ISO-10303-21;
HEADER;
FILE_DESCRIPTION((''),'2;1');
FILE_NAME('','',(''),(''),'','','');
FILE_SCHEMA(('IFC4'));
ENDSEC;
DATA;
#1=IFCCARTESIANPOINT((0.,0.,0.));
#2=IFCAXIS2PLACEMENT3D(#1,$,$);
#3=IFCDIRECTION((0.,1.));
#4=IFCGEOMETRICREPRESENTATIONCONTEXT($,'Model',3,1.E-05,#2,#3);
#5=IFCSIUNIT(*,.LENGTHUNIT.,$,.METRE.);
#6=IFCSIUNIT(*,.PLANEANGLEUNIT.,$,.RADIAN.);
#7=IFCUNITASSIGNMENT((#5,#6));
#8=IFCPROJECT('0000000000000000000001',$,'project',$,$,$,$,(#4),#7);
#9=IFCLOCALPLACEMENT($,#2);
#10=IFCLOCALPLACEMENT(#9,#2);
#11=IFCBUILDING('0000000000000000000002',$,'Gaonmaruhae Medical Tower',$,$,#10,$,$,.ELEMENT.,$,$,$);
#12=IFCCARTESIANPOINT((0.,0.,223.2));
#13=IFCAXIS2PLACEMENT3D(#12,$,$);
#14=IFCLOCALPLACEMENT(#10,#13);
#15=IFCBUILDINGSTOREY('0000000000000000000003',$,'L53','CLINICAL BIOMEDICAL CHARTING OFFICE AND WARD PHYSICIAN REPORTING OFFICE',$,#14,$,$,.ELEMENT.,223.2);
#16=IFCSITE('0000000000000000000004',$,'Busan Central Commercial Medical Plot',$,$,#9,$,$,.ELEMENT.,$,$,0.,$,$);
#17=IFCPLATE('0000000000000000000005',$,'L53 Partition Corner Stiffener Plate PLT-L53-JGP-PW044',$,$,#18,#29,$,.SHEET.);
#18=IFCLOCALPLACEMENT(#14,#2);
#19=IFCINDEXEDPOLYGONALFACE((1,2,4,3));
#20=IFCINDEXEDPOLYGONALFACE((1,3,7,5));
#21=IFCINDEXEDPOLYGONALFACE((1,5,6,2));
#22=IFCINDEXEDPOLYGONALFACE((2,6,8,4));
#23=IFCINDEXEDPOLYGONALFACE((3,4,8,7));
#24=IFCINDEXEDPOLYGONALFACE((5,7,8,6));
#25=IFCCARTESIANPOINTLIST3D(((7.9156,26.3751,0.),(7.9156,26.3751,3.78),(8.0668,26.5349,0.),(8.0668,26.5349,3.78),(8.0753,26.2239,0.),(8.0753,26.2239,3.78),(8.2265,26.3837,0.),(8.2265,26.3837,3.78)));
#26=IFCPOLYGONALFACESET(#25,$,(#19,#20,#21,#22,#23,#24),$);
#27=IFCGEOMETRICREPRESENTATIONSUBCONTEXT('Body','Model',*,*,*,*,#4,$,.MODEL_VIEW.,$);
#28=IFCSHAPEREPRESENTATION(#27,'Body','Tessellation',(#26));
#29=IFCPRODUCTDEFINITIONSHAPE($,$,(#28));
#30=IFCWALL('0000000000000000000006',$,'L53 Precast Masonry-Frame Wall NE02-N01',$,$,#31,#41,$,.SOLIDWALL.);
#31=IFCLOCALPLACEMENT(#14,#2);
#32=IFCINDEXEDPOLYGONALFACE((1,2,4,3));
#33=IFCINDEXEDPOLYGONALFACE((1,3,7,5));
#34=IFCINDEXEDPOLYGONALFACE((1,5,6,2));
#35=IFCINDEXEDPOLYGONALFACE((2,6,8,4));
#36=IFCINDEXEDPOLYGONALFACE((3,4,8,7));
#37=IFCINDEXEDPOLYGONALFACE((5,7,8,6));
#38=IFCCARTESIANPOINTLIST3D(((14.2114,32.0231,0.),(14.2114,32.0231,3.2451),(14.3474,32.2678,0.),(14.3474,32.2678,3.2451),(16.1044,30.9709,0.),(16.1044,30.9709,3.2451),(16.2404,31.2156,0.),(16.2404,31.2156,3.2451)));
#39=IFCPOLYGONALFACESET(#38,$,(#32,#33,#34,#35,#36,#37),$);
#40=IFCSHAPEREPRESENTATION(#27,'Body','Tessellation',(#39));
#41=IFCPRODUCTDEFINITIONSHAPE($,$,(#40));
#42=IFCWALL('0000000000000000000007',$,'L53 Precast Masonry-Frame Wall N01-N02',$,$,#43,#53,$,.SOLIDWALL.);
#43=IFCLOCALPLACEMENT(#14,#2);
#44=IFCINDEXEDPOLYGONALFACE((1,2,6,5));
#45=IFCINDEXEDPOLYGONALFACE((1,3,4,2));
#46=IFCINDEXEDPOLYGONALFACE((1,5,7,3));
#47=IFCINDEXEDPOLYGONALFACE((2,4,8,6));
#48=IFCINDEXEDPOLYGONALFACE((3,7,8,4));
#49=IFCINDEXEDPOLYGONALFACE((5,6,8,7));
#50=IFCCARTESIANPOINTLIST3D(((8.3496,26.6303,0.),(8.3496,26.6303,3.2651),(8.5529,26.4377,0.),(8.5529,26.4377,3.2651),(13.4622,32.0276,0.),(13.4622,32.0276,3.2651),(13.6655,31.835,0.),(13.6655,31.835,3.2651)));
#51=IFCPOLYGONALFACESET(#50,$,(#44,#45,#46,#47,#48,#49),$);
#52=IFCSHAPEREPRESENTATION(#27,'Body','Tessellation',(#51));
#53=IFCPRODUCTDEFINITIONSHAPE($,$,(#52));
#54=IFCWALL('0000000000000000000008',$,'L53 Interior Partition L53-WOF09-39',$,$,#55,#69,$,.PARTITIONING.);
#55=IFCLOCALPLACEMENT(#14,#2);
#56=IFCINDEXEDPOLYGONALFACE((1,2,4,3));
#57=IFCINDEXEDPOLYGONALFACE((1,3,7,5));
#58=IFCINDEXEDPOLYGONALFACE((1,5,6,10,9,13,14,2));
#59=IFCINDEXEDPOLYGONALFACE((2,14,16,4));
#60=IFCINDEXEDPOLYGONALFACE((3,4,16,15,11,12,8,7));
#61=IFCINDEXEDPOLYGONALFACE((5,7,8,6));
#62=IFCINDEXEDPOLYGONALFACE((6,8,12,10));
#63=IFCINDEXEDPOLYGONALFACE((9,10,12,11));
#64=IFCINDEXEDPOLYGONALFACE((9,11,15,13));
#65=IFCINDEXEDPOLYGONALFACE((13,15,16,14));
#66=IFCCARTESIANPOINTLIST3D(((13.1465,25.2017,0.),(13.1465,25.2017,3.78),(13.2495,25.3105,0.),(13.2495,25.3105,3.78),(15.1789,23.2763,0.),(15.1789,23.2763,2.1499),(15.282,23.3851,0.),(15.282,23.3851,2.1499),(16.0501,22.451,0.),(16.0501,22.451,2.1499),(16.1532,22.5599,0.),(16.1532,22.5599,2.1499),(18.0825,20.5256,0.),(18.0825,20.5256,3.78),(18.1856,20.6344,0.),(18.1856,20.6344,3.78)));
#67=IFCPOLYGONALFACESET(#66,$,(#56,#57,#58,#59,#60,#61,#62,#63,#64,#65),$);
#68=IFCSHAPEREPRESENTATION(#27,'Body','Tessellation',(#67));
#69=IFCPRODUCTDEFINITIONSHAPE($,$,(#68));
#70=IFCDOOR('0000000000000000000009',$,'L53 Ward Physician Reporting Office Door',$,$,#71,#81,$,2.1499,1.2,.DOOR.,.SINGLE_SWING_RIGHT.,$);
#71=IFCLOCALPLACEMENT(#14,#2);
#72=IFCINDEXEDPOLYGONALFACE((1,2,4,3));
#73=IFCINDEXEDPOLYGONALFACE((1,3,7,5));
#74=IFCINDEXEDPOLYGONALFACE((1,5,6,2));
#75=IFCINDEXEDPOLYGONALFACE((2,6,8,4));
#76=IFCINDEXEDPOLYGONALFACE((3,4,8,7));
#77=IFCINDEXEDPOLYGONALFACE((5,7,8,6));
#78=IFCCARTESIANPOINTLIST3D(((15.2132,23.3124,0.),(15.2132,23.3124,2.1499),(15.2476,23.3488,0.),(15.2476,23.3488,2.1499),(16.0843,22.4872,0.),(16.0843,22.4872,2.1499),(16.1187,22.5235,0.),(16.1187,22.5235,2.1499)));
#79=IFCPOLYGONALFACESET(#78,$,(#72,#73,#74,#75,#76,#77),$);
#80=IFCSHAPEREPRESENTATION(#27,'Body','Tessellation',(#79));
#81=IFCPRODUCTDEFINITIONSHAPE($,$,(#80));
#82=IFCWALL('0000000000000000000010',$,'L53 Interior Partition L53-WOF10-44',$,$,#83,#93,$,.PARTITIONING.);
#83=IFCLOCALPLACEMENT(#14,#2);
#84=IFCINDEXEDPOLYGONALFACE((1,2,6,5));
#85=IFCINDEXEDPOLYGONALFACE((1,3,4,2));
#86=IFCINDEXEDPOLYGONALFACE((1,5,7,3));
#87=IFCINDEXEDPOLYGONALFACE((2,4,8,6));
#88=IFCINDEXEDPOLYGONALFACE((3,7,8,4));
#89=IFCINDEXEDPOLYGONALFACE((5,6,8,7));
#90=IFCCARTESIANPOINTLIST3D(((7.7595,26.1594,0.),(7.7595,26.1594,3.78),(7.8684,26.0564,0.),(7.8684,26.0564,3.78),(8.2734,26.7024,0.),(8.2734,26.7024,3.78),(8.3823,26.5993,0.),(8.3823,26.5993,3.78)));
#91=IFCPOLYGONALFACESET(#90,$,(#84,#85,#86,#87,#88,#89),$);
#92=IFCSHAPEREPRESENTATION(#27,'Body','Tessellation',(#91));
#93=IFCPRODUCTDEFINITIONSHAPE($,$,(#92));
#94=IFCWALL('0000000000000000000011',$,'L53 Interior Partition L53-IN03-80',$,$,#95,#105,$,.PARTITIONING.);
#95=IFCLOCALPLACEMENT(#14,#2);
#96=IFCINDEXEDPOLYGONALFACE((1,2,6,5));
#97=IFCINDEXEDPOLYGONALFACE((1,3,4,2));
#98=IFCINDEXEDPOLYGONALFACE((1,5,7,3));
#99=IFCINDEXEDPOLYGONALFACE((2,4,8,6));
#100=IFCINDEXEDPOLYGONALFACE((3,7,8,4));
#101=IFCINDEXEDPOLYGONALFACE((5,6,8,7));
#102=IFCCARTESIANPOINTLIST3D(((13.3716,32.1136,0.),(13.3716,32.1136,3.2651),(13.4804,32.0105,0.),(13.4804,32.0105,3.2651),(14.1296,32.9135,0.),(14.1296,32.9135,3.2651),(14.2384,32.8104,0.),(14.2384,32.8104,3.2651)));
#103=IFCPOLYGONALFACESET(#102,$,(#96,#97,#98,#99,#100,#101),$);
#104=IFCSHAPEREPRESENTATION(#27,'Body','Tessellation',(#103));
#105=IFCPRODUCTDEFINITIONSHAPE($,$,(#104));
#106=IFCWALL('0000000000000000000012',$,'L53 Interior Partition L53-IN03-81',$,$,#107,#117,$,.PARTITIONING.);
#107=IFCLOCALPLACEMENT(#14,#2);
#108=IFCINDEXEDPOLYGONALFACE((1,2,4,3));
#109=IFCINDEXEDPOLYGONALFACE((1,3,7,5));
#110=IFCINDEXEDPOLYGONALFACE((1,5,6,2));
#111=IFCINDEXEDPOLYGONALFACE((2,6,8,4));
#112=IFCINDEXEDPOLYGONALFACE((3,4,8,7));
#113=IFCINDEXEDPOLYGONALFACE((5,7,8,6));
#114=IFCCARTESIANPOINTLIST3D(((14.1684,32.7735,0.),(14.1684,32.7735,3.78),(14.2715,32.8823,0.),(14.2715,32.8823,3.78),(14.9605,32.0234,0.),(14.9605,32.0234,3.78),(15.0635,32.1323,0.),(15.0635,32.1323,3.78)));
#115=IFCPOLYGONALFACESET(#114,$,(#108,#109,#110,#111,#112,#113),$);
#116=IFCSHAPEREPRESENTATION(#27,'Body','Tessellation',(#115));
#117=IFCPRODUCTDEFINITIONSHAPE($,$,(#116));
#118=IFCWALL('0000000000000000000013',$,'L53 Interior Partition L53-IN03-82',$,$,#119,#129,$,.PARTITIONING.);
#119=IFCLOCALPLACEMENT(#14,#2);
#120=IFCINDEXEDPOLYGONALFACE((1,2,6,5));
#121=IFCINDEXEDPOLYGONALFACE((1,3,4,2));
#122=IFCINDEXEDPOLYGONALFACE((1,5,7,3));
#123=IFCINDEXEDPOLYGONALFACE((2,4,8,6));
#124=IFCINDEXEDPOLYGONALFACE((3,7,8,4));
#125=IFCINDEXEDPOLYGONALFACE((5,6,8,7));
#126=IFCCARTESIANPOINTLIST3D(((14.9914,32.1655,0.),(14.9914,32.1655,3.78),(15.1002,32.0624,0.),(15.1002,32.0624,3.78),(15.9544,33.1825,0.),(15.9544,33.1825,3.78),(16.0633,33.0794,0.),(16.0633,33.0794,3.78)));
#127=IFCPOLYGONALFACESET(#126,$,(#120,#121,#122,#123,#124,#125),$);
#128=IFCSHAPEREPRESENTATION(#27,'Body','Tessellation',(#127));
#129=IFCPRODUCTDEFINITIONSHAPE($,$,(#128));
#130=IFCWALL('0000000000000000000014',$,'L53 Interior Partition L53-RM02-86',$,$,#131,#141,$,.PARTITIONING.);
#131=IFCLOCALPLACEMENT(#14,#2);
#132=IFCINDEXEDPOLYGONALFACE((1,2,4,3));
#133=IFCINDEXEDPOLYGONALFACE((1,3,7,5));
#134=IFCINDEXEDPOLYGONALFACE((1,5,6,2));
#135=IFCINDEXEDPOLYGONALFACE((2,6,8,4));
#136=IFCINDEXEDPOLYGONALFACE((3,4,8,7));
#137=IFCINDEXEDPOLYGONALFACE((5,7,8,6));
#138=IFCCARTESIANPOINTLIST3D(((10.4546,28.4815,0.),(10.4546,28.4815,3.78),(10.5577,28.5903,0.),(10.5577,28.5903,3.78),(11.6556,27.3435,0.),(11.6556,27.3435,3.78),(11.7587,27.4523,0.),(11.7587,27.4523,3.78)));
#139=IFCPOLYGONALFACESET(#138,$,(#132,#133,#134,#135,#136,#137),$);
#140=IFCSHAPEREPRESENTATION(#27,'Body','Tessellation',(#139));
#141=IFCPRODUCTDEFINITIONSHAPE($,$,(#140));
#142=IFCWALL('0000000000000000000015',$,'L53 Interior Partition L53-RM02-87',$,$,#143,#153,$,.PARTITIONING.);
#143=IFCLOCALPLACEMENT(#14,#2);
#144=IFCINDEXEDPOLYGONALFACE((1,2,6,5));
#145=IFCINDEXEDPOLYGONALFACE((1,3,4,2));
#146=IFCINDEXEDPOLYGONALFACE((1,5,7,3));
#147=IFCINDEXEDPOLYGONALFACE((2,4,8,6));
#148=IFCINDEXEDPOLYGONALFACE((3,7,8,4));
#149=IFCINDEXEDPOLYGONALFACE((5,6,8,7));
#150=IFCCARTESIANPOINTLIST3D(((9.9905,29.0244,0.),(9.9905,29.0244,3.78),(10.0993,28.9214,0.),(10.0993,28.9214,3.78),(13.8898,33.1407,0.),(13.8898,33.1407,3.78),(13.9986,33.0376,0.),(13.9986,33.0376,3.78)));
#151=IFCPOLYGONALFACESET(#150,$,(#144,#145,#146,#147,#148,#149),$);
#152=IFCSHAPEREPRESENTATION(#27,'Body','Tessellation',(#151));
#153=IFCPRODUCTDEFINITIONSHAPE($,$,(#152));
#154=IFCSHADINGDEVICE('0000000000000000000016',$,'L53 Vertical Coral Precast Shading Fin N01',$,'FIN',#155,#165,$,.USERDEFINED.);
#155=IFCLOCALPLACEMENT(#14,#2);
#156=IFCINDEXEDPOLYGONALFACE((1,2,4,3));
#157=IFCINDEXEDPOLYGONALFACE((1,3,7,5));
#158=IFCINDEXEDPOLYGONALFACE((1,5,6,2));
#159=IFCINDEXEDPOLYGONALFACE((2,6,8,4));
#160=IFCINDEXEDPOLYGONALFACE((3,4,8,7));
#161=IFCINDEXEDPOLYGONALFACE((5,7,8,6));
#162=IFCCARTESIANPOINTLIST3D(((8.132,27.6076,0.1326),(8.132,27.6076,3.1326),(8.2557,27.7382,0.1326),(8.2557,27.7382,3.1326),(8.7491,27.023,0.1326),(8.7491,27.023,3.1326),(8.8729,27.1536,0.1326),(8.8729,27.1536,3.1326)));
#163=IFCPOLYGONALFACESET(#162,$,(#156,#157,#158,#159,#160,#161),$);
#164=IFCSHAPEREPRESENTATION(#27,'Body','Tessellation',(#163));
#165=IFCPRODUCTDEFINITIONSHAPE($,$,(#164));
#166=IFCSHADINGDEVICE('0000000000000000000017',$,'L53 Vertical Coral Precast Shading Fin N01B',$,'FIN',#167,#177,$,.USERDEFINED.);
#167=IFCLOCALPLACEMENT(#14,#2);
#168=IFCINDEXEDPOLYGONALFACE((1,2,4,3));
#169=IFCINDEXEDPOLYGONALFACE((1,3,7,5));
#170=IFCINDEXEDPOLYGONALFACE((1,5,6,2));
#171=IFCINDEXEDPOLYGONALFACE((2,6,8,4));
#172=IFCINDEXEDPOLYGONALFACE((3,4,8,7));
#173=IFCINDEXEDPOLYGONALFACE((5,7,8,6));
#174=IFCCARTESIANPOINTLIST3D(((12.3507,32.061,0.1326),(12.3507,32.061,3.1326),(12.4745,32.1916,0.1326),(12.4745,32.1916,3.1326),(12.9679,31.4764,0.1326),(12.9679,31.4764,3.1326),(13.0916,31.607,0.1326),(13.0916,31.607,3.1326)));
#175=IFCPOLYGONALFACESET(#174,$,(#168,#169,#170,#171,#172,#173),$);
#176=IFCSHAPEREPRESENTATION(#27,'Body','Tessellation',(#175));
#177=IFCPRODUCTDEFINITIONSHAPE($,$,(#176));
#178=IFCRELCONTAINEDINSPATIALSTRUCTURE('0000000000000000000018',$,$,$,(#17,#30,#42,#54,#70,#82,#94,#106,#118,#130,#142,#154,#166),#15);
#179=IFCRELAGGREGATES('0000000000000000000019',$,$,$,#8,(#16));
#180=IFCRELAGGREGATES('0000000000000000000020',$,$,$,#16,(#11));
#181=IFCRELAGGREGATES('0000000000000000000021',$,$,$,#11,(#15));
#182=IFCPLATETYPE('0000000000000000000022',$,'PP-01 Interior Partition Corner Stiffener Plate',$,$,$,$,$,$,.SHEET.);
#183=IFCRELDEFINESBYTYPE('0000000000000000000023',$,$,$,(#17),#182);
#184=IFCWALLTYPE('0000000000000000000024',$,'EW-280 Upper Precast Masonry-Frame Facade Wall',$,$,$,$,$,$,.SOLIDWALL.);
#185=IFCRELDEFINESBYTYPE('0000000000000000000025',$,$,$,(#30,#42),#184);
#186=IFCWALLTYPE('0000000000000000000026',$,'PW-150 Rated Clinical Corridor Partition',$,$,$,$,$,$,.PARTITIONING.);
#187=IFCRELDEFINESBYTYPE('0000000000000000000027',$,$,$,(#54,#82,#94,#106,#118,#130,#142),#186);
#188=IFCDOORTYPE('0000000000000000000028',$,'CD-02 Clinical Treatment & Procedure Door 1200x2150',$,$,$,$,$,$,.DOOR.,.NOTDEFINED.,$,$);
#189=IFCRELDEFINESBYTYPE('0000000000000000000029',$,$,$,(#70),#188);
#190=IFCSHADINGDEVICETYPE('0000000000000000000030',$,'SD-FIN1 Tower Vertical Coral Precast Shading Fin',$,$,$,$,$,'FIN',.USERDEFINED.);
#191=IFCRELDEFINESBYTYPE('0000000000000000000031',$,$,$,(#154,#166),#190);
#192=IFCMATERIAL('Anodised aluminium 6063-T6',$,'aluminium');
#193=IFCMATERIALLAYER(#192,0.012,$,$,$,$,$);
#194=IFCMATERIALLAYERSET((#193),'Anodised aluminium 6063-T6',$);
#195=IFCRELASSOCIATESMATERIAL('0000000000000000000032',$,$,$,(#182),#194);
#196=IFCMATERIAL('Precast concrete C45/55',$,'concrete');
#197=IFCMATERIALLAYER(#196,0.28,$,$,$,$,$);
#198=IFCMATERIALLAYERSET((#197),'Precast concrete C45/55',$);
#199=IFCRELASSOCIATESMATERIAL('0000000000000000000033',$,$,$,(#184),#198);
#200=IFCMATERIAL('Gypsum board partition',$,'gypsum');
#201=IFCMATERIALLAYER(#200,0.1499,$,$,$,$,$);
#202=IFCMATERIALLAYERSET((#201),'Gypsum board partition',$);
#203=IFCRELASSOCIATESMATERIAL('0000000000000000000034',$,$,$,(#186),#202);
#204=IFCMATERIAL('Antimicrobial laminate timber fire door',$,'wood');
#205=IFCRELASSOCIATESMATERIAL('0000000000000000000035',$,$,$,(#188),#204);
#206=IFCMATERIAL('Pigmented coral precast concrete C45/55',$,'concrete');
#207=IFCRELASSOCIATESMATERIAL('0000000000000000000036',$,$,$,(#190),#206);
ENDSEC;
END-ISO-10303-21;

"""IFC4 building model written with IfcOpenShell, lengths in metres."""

from ifc_helpers import new_model, si_unit, direction, frame, frame_2d, origin, origin_2d, place, context, subcontext, project, spatial, rectangle, extrude, material, layer, layer_set, type_object, element, fill, save


model = new_model("IFC4")

# Units and contexts
model_context = context("Model", 3, precision=1e-05, world=origin(), true_north=direction((0.0, 1.0)))
body_context = subcontext(model_context, "Body", "Model", "MODEL_VIEW")
ifc_project = project(units=[si_unit("LENGTHUNIT", "METRE"), si_unit("PLANEANGLEUNIT", "RADIAN")], contexts=[model_context])

# Site, building, storey
site_placement = place(None, origin())
site = spatial("IfcSite", under=ifc_project, at=site_placement, Name="Busan Central Commercial Medical Plot", CompositionType="ELEMENT", RefElevation=0.0)
building_placement = place(site_placement, origin())
building = spatial("IfcBuilding", under=site, at=building_placement, Name="Gaonmaruhae Medical Tower", CompositionType="ELEMENT")
storey_placement = place(building_placement, frame((0.0, 0.0, 223.2)))
storey = spatial("IfcBuildingStorey", under=building, at=storey_placement, Name="L53", Description="CLINICAL BIOMEDICAL CHARTING OFFICE AND WARD PHYSICIAN REPORTING OFFICE", CompositionType="ELEMENT", Elevation=223.2)

# Plate
ifc_material_1 = material(Name="Anodised aluminium 6063-T6", Category="aluminium")
ifc_layer_1 = layer(ifc_material_1, 0.012)
ifc_layer_set_1 = layer_set([ifc_layer_1], Name="Anodised aluminium 6063-T6")
plate_type_1 = type_object("IfcPlateType", Name="PP-01 Interior Partition Corner Stiffener Plate", PredefinedType="SHEET", material=ifc_layer_set_1)
plate_1_placement = place(storey_placement, frame((8.071, 26.3794, 0.0), z_axis=(0.0, 0.0, 1.0), x_axis=(0.687443, 0.726239, 0.0)))
element("IfcPlate", 1, at=plate_1_placement, inside=storey, type_object=plate_type_1, Name="L53 Partition Corner Stiffener Plate PLT-L53-JGP-PW044", PredefinedType="SHEET", context=body_context, shape_type="SweptSolid", body=[
    extrude(rectangle(XDim=0.22, YDim=0.22, at=origin_2d()), origin(), (0.0, 0.0, 1.0), 3.78),
])

# Walls
ifc_material_2 = material(Name="Precast concrete C45/55", Category="concrete")
ifc_layer_2 = layer(ifc_material_2, 0.28)
ifc_layer_set_2 = layer_set([ifc_layer_2], Name="Precast concrete C45/55")
wall_type_1 = type_object("IfcWallType", Name="EW-280 Upper Precast Masonry-Frame Facade Wall", PredefinedType="SOLIDWALL", material=ifc_layer_set_2)
wall_1_placement = place(storey_placement, frame((14.2793, 32.1455, 0.0), z_axis=(0.0, 0.0, 1.0), x_axis=(0.874051, -0.485834, 0.0)))
element("IfcWall", 2, at=wall_1_placement, inside=storey, type_object=wall_type_1, Name="L53 Precast Masonry-Frame Wall NE02-N01", PredefinedType="SOLIDWALL", context=body_context, shape_type="SweptSolid", body=[
    extrude(rectangle(XDim=2.1658, YDim=0.28, at=frame_2d((1.083, 0.0))), origin(), (0.0, 0.0, 1.0), 3.2451),
])
wall_2_placement = place(storey_placement, frame((8.4512, 26.5339, 0.0), z_axis=(0.0, 0.0, 1.0), x_axis=(0.687702, 0.725993, 0.0)))
element("IfcWall", 3, at=wall_2_placement, inside=storey, type_object=wall_type_1, Name="L53 Precast Masonry-Frame Wall N01-N02", PredefinedType="SOLIDWALL", context=body_context, shape_type="SweptSolid", body=[
    extrude(rectangle(XDim=7.4343, YDim=0.28, at=frame_2d((3.7173, 0.0))), origin(), (0.0, 0.0, 1.0), 3.2651),
])

# Wall, opening, door
ifc_material_3 = material(Name="Gypsum board partition", Category="gypsum")
ifc_layer_3 = layer(ifc_material_3, 0.1499)
ifc_layer_set_3 = layer_set([ifc_layer_3], Name="Gypsum board partition")
wall_type_2 = type_object("IfcWallType", Name="PW-150 Rated Clinical Corridor Partition", PredefinedType="PARTITIONING", material=ifc_layer_set_3)
wall_3_placement = place(storey_placement, frame((13.198, 25.2561, 0.0), z_axis=(0.0, 0.0, 1.0), x_axis=(0.725969, -0.687728, 0.0)))
wall_3 = element("IfcWall", 4, at=wall_3_placement, inside=storey, type_object=wall_type_2, Name="L53 Interior Partition L53-WOF09-39", PredefinedType="PARTITIONING", context=body_context, shape_type="SweptSolid", body=[
    extrude(rectangle(XDim=6.7993, YDim=0.1499, at=frame_2d((3.3997, 0.0))), origin(), (0.0, 0.0, 1.0), 3.78),
])
opening_1_placement = place(wall_3_placement, frame((2.7996, 0.0, 0.0)))
opening_1 = element("IfcOpeningElement", 5, at=opening_1_placement, cuts=wall_3, PredefinedType="OPENING", context=body_context, shape_type="SweptSolid", body=[
    extrude(rectangle(XDim=1.2, YDim=2.1499, at=frame_2d((0.6001, 1.075))), frame((0.0, 0.085, 0.0), z_axis=(0.0, -1.0, 0.0), x_axis=(1.0, 0.0, 0.0)), (0.0, 0.0, 1.0), 0.1699),
])
ifc_material_4 = material(Name="Antimicrobial laminate timber fire door", Category="wood")
door_type_1 = type_object("IfcDoorType", Name="CD-02 Clinical Treatment & Procedure Door 1200x2150", OperationType="NOTDEFINED", PredefinedType="DOOR", material=ifc_material_4)
door_1_placement = place(opening_1_placement, origin())
door_1 = element("IfcDoor", 6, at=door_1_placement, inside=storey, type_object=door_type_1, Name="L53 Ward Physician Reporting Office Door", OperationType="SINGLE_SWING_RIGHT", OverallHeight=2.1499, OverallWidth=1.2, PredefinedType="DOOR", context=body_context, shape_type="SweptSolid", body=[
    extrude(rectangle(XDim=1.2, YDim=2.1499, at=frame_2d((0.6001, 1.075))), frame((0.0, 0.0249, 0.0), z_axis=(0.0, -1.0, 0.0), x_axis=(1.0, 0.0, 0.0)), (0.0, 0.0, 1.0), 0.05),
])
fill(opening_1, door_1)

# Wall
wall_4_placement = place(storey_placement, frame((7.814, 26.1079, 0.0), z_axis=(0.0, 0.0, 1.0), x_axis=(0.687409, 0.72627, 0.0)))
element("IfcWall", 7, at=wall_4_placement, inside=storey, type_object=wall_type_2, Name="L53 Interior Partition L53-WOF10-44", PredefinedType="PARTITIONING", context=body_context, shape_type="SweptSolid", body=[
    extrude(rectangle(XDim=0.7476, YDim=0.1499, at=frame_2d((0.3738, 0.0))), origin(), (0.0, 0.0, 1.0), 3.78),
])

# Walls
wall_5_placement = place(storey_placement, frame((13.426, 32.062, 0.0), z_axis=(0.0, 0.0, 1.0), x_axis=(0.6878, 0.7259, 0.0)))
element("IfcWall", 8, at=wall_5_placement, inside=storey, type_object=wall_type_2, Name="L53 Interior Partition L53-IN03-80", PredefinedType="PARTITIONING", context=body_context, shape_type="SweptSolid", body=[
    extrude(rectangle(XDim=1.1021, YDim=0.1499, at=frame_2d((0.551, 0.0))), origin(), (0.0, 0.0, 1.0), 3.2651),
])
wall_6_placement = place(storey_placement, frame((14.22, 32.8279, 0.0), z_axis=(0.0, 0.0, 1.0), x_axis=(0.726094, -0.687596, 0.0)))
element("IfcWall", 9, at=wall_6_placement, inside=storey, type_object=wall_type_2, Name="L53 Interior Partition L53-IN03-81", PredefinedType="PARTITIONING", context=body_context, shape_type="SweptSolid", body=[
    extrude(rectangle(XDim=1.0908, YDim=0.1499, at=frame_2d((0.5454, 0.0))), origin(), (0.0, 0.0, 1.0), 3.78),
])
wall_7_placement = place(storey_placement, frame((15.0459, 32.114, 0.0), z_axis=(0.0, 0.0, 1.0), x_axis=(0.687585, 0.726104, 0.0)))
element("IfcWall", 10, at=wall_7_placement, inside=storey, type_object=wall_type_2, Name="L53 Interior Partition L53-IN03-82", PredefinedType="PARTITIONING", context=body_context, shape_type="SweptSolid", body=[
    extrude(rectangle(XDim=1.4006, YDim=0.1499, at=frame_2d((0.7002, 0.0))), origin(), (0.0, 0.0, 1.0), 3.78),
])

# Walls
wall_8_placement = place(storey_placement, frame((11.707, 27.3979, 0.0), z_axis=(0.0, 0.0, 1.0), x_axis=(-0.725887, 0.687814, 0.0)))
element("IfcWall", 11, at=wall_8_placement, inside=storey, type_object=wall_type_2, Name="L53 Interior Partition L53-RM02-86", PredefinedType="PARTITIONING", context=body_context, shape_type="SweptSolid", body=[
    extrude(rectangle(XDim=1.6545, YDim=0.1499, at=frame_2d((0.8271, 0.0))), origin(), (0.0, 0.0, 1.0), 3.78),
])
wall_9_placement = place(storey_placement, frame((10.0449, 28.9729, 0.0), z_axis=(0.0, 0.0, 1.0), x_axis=(0.687708, 0.725988, 0.0)))
element("IfcWall", 12, at=wall_9_placement, inside=storey, type_object=wall_type_2, Name="L53 Interior Partition L53-RM02-87", PredefinedType="PARTITIONING", context=body_context, shape_type="SweptSolid", body=[
    extrude(rectangle(XDim=5.6699, YDim=0.1499, at=frame_2d((2.835, 0.0))), origin(), (0.0, 0.0, 1.0), 3.78),
])

# Shading devices
ifc_material_5 = material(Name="Pigmented coral precast concrete C45/55", Category="concrete")
shading_device_type = type_object("IfcShadingDeviceType", Name="SD-FIN1 Tower Vertical Coral Precast Shading Fin", ElementType="FIN", PredefinedType="USERDEFINED", material=ifc_material_5)
for number, where, z_axis, x_axis, name in (
    (13, (8.5024, 27.3806, 0.1326), (0.0, 0.0, 1.0), (0.687721, 0.725975, 0.0), "L53 Vertical Coral Precast Shading Fin N01"),
    (14, (12.7212, 31.834, 0.1326), (0.0, 0.0, 1.0), (0.687721, 0.725975, 0.0), "L53 Vertical Coral Precast Shading Fin N01B"),
):
    element("IfcShadingDevice", number, at=place(storey_placement, frame(where, z_axis=z_axis, x_axis=x_axis)), inside=storey, type_object=shading_device_type, Name=name, ObjectType="FIN", PredefinedType="USERDEFINED", context=body_context, shape_type="SweptSolid", body=[
        extrude(rectangle(XDim=0.1799, YDim=0.8501, at=origin_2d()), origin(), (0.0, 0.0, 1.0), 3.0),
    ])

save(model, "model.ifc")
